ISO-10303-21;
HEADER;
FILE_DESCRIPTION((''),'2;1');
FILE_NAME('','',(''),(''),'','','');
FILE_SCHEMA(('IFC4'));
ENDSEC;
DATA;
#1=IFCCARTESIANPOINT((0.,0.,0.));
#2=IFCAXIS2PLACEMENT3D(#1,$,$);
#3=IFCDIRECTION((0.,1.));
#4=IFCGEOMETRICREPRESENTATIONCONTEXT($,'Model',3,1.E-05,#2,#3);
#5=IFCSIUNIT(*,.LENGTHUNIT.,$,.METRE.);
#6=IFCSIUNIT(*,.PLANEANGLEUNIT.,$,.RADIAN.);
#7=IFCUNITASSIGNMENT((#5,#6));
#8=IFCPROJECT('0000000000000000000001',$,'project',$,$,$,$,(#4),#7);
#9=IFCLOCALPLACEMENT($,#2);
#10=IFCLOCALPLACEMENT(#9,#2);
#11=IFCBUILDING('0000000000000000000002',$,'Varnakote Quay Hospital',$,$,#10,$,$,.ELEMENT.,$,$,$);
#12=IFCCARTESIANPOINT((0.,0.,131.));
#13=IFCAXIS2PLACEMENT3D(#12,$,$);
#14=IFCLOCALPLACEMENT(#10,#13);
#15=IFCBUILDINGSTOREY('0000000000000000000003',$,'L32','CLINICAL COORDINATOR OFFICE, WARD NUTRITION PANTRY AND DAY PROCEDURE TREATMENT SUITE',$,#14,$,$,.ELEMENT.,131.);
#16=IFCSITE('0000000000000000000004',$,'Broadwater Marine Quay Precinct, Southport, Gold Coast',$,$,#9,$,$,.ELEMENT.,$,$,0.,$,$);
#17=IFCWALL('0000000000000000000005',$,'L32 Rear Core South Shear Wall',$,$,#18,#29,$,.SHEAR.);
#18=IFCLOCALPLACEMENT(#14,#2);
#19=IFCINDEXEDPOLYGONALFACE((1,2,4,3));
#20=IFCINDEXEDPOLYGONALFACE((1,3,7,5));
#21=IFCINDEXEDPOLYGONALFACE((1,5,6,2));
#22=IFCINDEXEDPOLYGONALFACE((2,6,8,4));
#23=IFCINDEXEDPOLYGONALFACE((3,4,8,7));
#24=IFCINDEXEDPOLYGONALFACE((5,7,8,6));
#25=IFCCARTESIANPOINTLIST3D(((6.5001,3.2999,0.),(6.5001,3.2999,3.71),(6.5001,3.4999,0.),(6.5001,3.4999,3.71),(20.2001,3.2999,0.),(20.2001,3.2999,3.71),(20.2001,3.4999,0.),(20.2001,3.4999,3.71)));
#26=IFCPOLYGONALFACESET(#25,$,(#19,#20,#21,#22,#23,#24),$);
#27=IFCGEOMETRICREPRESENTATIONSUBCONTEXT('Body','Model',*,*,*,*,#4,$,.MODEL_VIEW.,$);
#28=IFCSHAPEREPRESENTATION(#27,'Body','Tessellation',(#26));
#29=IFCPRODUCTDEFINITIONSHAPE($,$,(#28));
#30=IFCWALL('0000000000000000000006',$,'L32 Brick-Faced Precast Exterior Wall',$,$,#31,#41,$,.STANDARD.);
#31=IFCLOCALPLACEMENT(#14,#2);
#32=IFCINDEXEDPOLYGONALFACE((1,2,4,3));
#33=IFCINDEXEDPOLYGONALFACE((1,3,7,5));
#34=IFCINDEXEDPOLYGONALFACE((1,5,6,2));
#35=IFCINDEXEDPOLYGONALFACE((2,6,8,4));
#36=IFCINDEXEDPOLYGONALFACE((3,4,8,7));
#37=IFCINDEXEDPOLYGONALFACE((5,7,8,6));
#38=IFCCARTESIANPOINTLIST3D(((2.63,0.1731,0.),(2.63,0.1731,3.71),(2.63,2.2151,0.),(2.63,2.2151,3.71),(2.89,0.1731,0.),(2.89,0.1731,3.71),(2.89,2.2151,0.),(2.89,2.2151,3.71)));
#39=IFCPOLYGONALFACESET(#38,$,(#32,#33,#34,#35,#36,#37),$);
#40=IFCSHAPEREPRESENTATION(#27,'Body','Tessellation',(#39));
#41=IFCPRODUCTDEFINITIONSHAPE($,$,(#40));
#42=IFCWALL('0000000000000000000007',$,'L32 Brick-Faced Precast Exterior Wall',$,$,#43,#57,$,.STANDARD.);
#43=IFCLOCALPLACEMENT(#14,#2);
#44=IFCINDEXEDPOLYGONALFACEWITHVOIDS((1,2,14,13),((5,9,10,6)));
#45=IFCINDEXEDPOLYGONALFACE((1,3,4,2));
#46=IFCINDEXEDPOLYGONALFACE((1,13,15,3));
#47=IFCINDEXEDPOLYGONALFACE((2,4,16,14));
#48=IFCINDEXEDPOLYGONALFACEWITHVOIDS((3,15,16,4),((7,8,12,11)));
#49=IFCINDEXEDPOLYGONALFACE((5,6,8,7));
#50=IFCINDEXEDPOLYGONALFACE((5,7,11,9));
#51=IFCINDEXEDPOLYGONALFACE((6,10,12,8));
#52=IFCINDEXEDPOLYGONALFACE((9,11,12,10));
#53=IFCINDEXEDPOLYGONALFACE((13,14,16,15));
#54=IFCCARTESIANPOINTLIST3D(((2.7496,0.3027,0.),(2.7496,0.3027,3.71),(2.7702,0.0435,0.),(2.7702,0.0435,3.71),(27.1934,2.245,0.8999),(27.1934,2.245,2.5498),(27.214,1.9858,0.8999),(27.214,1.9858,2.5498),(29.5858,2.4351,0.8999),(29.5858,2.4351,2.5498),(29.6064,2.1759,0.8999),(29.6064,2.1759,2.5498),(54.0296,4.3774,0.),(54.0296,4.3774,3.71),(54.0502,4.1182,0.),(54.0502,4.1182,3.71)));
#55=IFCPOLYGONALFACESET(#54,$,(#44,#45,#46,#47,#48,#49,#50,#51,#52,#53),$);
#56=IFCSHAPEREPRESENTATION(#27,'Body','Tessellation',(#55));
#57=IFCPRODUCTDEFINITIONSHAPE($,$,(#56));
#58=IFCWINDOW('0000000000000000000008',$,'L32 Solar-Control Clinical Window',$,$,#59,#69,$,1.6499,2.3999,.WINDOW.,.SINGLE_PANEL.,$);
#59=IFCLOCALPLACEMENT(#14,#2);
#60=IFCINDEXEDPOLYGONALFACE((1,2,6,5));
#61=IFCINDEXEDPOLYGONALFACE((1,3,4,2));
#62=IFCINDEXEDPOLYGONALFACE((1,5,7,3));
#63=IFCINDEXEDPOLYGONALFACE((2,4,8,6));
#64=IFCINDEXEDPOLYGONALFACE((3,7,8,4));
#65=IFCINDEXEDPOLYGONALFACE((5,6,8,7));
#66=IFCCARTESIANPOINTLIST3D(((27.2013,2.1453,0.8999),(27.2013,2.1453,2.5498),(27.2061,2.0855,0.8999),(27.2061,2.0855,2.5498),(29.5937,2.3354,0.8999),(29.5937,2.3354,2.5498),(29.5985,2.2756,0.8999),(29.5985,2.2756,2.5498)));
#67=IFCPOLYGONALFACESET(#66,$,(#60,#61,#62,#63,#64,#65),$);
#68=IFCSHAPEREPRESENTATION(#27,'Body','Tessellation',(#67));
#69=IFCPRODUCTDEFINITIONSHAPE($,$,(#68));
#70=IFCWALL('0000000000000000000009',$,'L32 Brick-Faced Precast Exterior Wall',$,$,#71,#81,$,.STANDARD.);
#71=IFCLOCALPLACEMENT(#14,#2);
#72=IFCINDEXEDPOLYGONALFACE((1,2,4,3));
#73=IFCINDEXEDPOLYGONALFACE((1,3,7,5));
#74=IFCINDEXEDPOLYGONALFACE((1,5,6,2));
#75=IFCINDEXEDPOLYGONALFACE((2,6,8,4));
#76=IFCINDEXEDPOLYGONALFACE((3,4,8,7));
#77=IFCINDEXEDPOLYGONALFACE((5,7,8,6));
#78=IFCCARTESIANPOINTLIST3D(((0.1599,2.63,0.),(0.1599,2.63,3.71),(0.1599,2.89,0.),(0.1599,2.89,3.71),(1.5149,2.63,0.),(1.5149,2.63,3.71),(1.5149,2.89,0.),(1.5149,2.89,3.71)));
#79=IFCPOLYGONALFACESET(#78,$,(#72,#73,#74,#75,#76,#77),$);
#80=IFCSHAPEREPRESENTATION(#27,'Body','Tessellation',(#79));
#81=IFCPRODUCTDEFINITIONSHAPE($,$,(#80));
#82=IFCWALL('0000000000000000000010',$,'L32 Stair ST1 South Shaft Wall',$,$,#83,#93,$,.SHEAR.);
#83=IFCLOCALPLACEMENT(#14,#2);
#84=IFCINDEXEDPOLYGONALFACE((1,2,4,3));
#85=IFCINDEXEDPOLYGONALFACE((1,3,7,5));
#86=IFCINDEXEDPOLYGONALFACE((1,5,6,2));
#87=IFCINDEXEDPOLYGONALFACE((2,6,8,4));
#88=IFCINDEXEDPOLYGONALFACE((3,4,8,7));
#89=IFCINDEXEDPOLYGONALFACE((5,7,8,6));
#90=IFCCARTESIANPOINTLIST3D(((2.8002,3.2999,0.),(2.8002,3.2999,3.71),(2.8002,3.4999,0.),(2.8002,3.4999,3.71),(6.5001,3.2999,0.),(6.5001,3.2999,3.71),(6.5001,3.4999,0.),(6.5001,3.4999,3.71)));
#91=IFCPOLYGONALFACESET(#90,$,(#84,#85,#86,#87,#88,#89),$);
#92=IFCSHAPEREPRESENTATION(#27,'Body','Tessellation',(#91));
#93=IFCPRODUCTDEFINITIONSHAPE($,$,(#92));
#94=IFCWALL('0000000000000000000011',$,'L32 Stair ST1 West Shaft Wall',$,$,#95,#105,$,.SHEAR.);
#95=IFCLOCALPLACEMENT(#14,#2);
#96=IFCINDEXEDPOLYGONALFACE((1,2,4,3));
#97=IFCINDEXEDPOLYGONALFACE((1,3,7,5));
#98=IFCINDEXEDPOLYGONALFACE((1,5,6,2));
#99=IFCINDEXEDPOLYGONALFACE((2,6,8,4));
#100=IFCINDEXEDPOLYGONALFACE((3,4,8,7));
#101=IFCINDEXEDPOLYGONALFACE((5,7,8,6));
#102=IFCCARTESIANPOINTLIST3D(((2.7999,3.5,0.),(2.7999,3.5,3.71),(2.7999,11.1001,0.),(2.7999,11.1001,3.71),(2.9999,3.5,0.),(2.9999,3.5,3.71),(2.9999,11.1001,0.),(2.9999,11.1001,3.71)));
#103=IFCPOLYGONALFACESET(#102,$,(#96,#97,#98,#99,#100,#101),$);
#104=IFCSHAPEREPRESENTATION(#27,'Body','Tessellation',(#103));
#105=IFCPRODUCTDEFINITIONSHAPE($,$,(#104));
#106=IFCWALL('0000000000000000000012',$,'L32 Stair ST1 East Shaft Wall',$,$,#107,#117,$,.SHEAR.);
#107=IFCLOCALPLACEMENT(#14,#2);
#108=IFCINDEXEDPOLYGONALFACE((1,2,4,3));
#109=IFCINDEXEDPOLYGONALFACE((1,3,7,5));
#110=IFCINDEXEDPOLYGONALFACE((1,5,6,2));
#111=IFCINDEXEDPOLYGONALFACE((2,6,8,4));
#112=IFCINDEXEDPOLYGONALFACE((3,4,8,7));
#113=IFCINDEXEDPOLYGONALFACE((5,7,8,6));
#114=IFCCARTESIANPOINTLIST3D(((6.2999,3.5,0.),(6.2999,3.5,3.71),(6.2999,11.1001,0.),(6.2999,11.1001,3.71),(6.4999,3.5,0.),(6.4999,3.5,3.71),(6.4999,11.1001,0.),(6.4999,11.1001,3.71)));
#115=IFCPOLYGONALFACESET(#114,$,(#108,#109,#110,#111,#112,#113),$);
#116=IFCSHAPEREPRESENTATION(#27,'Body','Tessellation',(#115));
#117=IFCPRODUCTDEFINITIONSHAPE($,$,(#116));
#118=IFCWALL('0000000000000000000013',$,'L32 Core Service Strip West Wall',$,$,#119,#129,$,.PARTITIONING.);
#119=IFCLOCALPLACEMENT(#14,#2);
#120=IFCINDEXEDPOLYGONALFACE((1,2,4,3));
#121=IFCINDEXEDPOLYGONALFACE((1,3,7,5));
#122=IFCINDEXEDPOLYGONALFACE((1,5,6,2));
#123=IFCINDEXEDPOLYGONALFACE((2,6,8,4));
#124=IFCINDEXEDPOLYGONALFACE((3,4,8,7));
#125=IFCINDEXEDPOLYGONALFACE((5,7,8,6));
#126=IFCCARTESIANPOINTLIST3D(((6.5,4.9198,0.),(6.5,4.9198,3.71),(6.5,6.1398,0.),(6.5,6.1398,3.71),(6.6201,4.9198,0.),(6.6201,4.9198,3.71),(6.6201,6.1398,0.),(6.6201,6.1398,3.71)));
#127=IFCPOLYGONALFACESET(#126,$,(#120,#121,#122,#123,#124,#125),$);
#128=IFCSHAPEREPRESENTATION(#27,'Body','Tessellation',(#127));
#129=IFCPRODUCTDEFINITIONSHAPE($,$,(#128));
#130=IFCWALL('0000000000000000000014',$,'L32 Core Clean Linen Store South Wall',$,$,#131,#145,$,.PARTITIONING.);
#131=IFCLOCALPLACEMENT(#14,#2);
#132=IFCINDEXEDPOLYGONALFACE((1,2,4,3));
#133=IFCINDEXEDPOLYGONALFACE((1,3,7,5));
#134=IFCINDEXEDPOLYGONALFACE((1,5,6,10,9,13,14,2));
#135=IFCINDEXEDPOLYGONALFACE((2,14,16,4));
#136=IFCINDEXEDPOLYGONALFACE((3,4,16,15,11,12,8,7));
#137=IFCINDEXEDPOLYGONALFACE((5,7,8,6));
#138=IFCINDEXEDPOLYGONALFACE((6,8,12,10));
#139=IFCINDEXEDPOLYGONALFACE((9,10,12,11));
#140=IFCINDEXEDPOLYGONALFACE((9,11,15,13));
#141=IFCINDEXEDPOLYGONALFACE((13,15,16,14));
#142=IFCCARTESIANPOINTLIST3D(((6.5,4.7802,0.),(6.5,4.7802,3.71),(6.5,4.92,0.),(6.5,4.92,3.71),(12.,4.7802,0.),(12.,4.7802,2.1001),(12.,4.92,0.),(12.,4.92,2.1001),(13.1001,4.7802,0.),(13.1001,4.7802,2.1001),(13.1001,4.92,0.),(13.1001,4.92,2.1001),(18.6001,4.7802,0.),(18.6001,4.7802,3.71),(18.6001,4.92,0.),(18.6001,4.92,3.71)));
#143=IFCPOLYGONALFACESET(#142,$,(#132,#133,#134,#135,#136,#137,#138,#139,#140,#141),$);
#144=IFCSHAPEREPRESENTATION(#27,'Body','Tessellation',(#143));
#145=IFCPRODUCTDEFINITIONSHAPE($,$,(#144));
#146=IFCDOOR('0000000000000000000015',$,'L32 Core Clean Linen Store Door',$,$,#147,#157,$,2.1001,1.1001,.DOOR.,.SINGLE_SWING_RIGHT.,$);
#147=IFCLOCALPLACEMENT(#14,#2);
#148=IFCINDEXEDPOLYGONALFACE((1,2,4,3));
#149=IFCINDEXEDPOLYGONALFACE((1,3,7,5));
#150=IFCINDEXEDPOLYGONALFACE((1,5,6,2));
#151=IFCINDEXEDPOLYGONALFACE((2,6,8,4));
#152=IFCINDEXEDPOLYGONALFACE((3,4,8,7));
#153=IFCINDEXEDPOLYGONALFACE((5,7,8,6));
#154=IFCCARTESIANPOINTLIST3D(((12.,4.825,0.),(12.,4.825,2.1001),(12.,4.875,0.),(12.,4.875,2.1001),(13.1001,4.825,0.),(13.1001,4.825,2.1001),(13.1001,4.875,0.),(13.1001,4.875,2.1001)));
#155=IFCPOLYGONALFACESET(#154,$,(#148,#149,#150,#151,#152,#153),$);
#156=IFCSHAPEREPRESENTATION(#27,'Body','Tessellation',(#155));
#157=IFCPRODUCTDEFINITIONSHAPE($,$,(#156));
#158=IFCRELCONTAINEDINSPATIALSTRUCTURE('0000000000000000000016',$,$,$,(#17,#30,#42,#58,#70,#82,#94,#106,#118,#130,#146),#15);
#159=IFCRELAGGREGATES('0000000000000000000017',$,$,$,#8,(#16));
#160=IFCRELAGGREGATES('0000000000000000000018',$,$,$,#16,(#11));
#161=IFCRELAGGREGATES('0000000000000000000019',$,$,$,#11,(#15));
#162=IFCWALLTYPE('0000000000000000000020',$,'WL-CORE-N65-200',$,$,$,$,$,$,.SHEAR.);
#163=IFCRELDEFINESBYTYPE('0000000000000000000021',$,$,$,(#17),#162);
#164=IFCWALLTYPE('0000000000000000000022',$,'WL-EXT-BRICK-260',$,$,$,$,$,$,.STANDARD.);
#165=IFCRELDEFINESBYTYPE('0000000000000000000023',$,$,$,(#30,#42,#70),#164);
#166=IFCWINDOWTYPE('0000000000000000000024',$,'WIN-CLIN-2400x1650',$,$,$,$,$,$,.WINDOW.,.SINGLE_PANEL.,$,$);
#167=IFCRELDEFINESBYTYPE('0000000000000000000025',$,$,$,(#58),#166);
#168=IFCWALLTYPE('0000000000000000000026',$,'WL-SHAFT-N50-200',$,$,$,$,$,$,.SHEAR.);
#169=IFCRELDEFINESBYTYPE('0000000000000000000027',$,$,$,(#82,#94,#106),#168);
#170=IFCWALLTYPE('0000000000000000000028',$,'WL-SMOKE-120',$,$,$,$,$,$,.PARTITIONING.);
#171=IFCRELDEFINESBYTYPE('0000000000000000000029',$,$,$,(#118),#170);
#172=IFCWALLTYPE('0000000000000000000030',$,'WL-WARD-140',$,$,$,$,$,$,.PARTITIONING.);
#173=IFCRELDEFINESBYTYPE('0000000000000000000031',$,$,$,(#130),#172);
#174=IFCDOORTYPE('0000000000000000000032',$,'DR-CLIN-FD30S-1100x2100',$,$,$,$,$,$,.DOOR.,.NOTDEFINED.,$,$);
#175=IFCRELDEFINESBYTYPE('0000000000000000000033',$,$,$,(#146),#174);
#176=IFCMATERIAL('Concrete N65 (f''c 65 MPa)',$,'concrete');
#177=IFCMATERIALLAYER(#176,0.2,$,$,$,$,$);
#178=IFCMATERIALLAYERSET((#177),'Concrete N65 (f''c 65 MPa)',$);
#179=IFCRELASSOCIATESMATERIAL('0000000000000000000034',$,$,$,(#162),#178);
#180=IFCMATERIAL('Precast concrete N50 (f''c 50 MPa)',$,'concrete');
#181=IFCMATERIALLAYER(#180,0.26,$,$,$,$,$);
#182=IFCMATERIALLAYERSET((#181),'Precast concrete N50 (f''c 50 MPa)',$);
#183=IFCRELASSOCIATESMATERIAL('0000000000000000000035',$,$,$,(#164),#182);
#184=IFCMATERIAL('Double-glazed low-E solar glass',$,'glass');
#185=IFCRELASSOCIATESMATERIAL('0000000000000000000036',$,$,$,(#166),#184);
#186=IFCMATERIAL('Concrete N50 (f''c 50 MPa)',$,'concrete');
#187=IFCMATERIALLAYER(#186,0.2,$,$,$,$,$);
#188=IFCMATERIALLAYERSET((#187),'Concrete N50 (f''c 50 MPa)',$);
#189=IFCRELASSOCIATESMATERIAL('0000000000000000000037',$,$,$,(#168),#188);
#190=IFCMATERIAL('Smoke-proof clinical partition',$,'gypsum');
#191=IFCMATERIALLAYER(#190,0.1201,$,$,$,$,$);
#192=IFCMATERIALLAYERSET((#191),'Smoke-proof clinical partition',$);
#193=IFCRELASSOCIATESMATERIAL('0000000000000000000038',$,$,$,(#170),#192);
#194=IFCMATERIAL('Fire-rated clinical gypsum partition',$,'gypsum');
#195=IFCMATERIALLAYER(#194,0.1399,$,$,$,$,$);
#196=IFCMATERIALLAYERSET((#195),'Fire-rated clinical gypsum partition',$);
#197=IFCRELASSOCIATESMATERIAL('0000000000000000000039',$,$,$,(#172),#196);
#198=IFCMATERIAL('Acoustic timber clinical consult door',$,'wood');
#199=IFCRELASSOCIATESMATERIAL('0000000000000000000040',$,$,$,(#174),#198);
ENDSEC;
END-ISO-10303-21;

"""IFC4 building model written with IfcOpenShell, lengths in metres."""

from ifc_helpers import new_model, si_unit, direction, frame, frame_2d, origin, place, context, subcontext, project, spatial, rectangle, extrude, material, layer, layer_set, type_object, element, fill, save


model = new_model("IFC4")

# Units and contexts
model_context = context("Model", 3, precision=1e-05, world=origin(), true_north=direction((0.0, 1.0)))
body_context = subcontext(model_context, "Body", "Model", "MODEL_VIEW")
ifc_project = project(units=[si_unit("LENGTHUNIT", "METRE"), si_unit("PLANEANGLEUNIT", "RADIAN")], contexts=[model_context])

# Site, building, storey
site_placement = place(None, origin())
site = spatial("IfcSite", under=ifc_project, at=site_placement, Name="Broadwater Marine Quay Precinct, Southport, Gold Coast", CompositionType="ELEMENT", RefElevation=0.0)
building_placement = place(site_placement, origin())
building = spatial("IfcBuilding", under=site, at=building_placement, Name="Varnakote Quay Hospital", CompositionType="ELEMENT")
storey_placement = place(building_placement, frame((0.0, 0.0, 131.0)))
storey = spatial("IfcBuildingStorey", under=building, at=storey_placement, Name="L32", Description="CLINICAL COORDINATOR OFFICE, WARD NUTRITION PANTRY AND DAY PROCEDURE TREATMENT SUITE", CompositionType="ELEMENT", Elevation=131.0)

# Walls
ifc_material_1 = material(Name="Concrete N65 (f'c 65 MPa)", Category="concrete")
ifc_layer_1 = layer(ifc_material_1, 0.2)
ifc_layer_set_1 = layer_set([ifc_layer_1], Name="Concrete N65 (f'c 65 MPa)")
wall_type_1 = type_object("IfcWallType", Name="WL-CORE-N65-200", PredefinedType="SHEAR", material=ifc_layer_set_1)
wall_1_placement = place(storey_placement, frame((6.5, 3.3999, 0.0), z_axis=(0.0, 0.0, 1.0), x_axis=(1.0, 0.0, 0.0)))
element("IfcWall", 1, at=wall_1_placement, inside=storey, type_object=wall_type_1, Name="L32 Rear Core South Shear Wall", PredefinedType="SHEAR", context=body_context, shape_type="SweptSolid", body=[
    extrude(rectangle(XDim=13.7, YDim=0.2, at=frame_2d((6.8501, 0.0))), origin(), (0.0, 0.0, 1.0), 3.71),
])
ifc_material_2 = material(Name="Precast concrete N50 (f'c 50 MPa)", Category="concrete")
ifc_layer_2 = layer(ifc_material_2, 0.26)
ifc_layer_set_2 = layer_set([ifc_layer_2], Name="Precast concrete N50 (f'c 50 MPa)")
wall_type_2 = type_object("IfcWallType", Name="WL-EXT-BRICK-260", PredefinedType="STANDARD", material=ifc_layer_set_2)
wall_2_placement = place(storey_placement, frame((2.76, 2.2151, 0.0), z_axis=(0.0, 0.0, 1.0), x_axis=(0.0, -1.0, 0.0)))
element("IfcWall", 2, at=wall_2_placement, inside=storey, type_object=wall_type_2, Name="L32 Brick-Faced Precast Exterior Wall", PredefinedType="STANDARD", context=body_context, shape_type="SweptSolid", body=[
    extrude(rectangle(XDim=2.042, YDim=0.26, at=frame_2d((1.021, 0.0))), origin(), (0.0, 0.0, 1.0), 3.71),
])

# Wall, opening, window
wall_3_placement = place(storey_placement, frame((2.76, 0.1731, 0.0), z_axis=(0.0, 0.0, 1.0), x_axis=(0.996858, 0.07921, 0.0)))
wall_3 = element("IfcWall", 3, at=wall_3_placement, inside=storey, type_object=wall_type_2, Name="L32 Brick-Faced Precast Exterior Wall", PredefinedType="STANDARD", context=body_context, shape_type="SweptSolid", body=[
    extrude(rectangle(XDim=51.4417, YDim=0.26, at=frame_2d((25.7207, 0.0))), origin(), (0.0, 0.0, 1.0), 3.71),
])
opening_1_placement = place(wall_3_placement, frame((24.5208, 0.0, 0.8999)))
opening_1 = element("IfcOpeningElement", 4, at=opening_1_placement, cuts=wall_3, PredefinedType="OPENING", context=body_context, shape_type="SweptSolid", body=[
    extrude(rectangle(XDim=2.3999, YDim=1.6499, at=frame_2d((1.2, 0.825))), frame((0.0, 0.1399, 0.0), z_axis=(0.0, -1.0, 0.0), x_axis=(1.0, 0.0, 0.0)), (0.0, 0.0, 1.0), 0.28),
])
ifc_material_3 = material(Name="Double-glazed low-E solar glass", Category="glass")
window_type = type_object("IfcWindowType", Name="WIN-CLIN-2400x1650", PartitioningType="SINGLE_PANEL", PredefinedType="WINDOW", material=ifc_material_3)
window_placement = place(opening_1_placement, origin())
window = element("IfcWindow", 5, at=window_placement, inside=storey, type_object=window_type, Name="L32 Solar-Control Clinical Window", OverallHeight=1.6499, OverallWidth=2.3999, PartitioningType="SINGLE_PANEL", PredefinedType="WINDOW", context=body_context, shape_type="SweptSolid", body=[
    extrude(rectangle(XDim=2.3999, YDim=1.6499, at=frame_2d((1.2, 0.825))), frame((0.0, 0.03, 0.0), z_axis=(0.0, -1.0, 0.0), x_axis=(1.0, 0.0, 0.0)), (0.0, 0.0, 1.0), 0.0601),
])
fill(opening_1, window)

# Walls
wall_4_placement = place(storey_placement, frame((0.1599, 2.76, 0.0), z_axis=(0.0, 0.0, 1.0), x_axis=(1.0, 0.0, 0.0)))
element("IfcWall", 6, at=wall_4_placement, inside=storey, type_object=wall_type_2, Name="L32 Brick-Faced Precast Exterior Wall", PredefinedType="STANDARD", context=body_context, shape_type="SweptSolid", body=[
    extrude(rectangle(XDim=1.355, YDim=0.26, at=frame_2d((0.6775, 0.0))), origin(), (0.0, 0.0, 1.0), 3.71),
])
ifc_material_4 = material(Name="Concrete N50 (f'c 50 MPa)", Category="concrete")
ifc_layer_3 = layer(ifc_material_4, 0.2)
ifc_layer_set_3 = layer_set([ifc_layer_3], Name="Concrete N50 (f'c 50 MPa)")
wall_type_3 = type_object("IfcWallType", Name="WL-SHAFT-N50-200", PredefinedType="SHEAR", material=ifc_layer_set_3)
wall_5_placement = place(storey_placement, frame((2.8, 3.3999, 0.0), z_axis=(0.0, 0.0, 1.0), x_axis=(1.0, 0.0, 0.0)))
element("IfcWall", 7, at=wall_5_placement, inside=storey, type_object=wall_type_3, Name="L32 Stair ST1 South Shaft Wall", PredefinedType="SHEAR", context=body_context, shape_type="SweptSolid", body=[
    extrude(rectangle(XDim=3.7, YDim=0.2, at=frame_2d((1.8501, 0.0))), origin(), (0.0, 0.0, 1.0), 3.71),
])
for number, where, z_axis, x_axis, name in (
    (8, (2.8999, 3.5, 0.0), (0.0, 0.0, 1.0), (0.0, 1.0, 0.0), "L32 Stair ST1 West Shaft Wall"),
    (9, (6.3999, 3.5, 0.0), (0.0, 0.0, 1.0), (0.0, 1.0, 0.0), "L32 Stair ST1 East Shaft Wall"),
):
    element("IfcWall", number, at=place(storey_placement, frame(where, z_axis=z_axis, x_axis=x_axis)), inside=storey, type_object=wall_type_3, Name=name, PredefinedType="SHEAR", context=body_context, shape_type="SweptSolid", body=[
        extrude(rectangle(XDim=7.6001, YDim=0.2, at=frame_2d((3.8, 0.0))), origin(), (0.0, 0.0, 1.0), 3.71),
    ])
ifc_material_5 = material(Name="Smoke-proof clinical partition", Category="gypsum")
ifc_layer_4 = layer(ifc_material_5, 0.1201)
ifc_layer_set_4 = layer_set([ifc_layer_4], Name="Smoke-proof clinical partition")
wall_type_4 = type_object("IfcWallType", Name="WL-SMOKE-120", PredefinedType="PARTITIONING", material=ifc_layer_set_4)
wall_6_placement = place(storey_placement, frame((6.5601, 4.9199, 0.0), z_axis=(0.0, 0.0, 1.0), x_axis=(0.0, 1.0, 0.0)))
element("IfcWall", 10, at=wall_6_placement, inside=storey, type_object=wall_type_4, Name="L32 Core Service Strip West Wall", PredefinedType="PARTITIONING", context=body_context, shape_type="SweptSolid", body=[
    extrude(rectangle(XDim=1.22, YDim=0.1201, at=frame_2d((0.6099, 0.0))), origin(), (0.0, 0.0, 1.0), 3.71),
])

# Wall, opening, door
ifc_material_6 = material(Name="Fire-rated clinical gypsum partition", Category="gypsum")
ifc_layer_5 = layer(ifc_material_6, 0.1399)
ifc_layer_set_5 = layer_set([ifc_layer_5], Name="Fire-rated clinical gypsum partition")
wall_type_5 = type_object("IfcWallType", Name="WL-WARD-140", PredefinedType="PARTITIONING", material=ifc_layer_set_5)
wall_7_placement = place(storey_placement, frame((6.5, 4.8501, 0.0), z_axis=(0.0, 0.0, 1.0), x_axis=(1.0, 0.0, 0.0)))
wall_7 = element("IfcWall", 11, at=wall_7_placement, inside=storey, type_object=wall_type_5, Name="L32 Core Clean Linen Store South Wall", PredefinedType="PARTITIONING", context=body_context, shape_type="SweptSolid", body=[
    extrude(rectangle(XDim=12.1001, YDim=0.1399, at=frame_2d((6.05, 0.0))), origin(), (0.0, 0.0, 1.0), 3.71),
])
opening_2_placement = place(wall_7_placement, frame((5.5, 0.0, 0.0)))
opening_2 = element("IfcOpeningElement", 12, at=opening_2_placement, cuts=wall_7, PredefinedType="OPENING", context=body_context, shape_type="SweptSolid", body=[
    extrude(rectangle(XDim=1.1001, YDim=2.1001, at=frame_2d((0.55, 1.05))), frame((0.0, 0.0798, 0.0), z_axis=(0.0, -1.0, 0.0), x_axis=(1.0, 0.0, 0.0)), (0.0, 0.0, 1.0), 0.1599),
])
ifc_material_7 = material(Name="Acoustic timber clinical consult door", Category="wood")
door_type = type_object("IfcDoorType", Name="DR-CLIN-FD30S-1100x2100", OperationType="NOTDEFINED", PredefinedType="DOOR", material=ifc_material_7)
door_placement = place(opening_2_placement, origin())
door = element("IfcDoor", 13, at=door_placement, inside=storey, type_object=door_type, Name="L32 Core Clean Linen Store Door", OperationType="SINGLE_SWING_RIGHT", OverallHeight=2.1001, OverallWidth=1.1001, PredefinedType="DOOR", context=body_context, shape_type="SweptSolid", body=[
    extrude(rectangle(XDim=1.1001, YDim=2.1001, at=frame_2d((0.55, 1.05))), frame((0.0, 0.0249, 0.0), z_axis=(0.0, -1.0, 0.0), x_axis=(1.0, 0.0, 0.0)), (0.0, 0.0, 1.0), 0.05),
])
fill(opening_2, door)

save(model, "model.ifc")
